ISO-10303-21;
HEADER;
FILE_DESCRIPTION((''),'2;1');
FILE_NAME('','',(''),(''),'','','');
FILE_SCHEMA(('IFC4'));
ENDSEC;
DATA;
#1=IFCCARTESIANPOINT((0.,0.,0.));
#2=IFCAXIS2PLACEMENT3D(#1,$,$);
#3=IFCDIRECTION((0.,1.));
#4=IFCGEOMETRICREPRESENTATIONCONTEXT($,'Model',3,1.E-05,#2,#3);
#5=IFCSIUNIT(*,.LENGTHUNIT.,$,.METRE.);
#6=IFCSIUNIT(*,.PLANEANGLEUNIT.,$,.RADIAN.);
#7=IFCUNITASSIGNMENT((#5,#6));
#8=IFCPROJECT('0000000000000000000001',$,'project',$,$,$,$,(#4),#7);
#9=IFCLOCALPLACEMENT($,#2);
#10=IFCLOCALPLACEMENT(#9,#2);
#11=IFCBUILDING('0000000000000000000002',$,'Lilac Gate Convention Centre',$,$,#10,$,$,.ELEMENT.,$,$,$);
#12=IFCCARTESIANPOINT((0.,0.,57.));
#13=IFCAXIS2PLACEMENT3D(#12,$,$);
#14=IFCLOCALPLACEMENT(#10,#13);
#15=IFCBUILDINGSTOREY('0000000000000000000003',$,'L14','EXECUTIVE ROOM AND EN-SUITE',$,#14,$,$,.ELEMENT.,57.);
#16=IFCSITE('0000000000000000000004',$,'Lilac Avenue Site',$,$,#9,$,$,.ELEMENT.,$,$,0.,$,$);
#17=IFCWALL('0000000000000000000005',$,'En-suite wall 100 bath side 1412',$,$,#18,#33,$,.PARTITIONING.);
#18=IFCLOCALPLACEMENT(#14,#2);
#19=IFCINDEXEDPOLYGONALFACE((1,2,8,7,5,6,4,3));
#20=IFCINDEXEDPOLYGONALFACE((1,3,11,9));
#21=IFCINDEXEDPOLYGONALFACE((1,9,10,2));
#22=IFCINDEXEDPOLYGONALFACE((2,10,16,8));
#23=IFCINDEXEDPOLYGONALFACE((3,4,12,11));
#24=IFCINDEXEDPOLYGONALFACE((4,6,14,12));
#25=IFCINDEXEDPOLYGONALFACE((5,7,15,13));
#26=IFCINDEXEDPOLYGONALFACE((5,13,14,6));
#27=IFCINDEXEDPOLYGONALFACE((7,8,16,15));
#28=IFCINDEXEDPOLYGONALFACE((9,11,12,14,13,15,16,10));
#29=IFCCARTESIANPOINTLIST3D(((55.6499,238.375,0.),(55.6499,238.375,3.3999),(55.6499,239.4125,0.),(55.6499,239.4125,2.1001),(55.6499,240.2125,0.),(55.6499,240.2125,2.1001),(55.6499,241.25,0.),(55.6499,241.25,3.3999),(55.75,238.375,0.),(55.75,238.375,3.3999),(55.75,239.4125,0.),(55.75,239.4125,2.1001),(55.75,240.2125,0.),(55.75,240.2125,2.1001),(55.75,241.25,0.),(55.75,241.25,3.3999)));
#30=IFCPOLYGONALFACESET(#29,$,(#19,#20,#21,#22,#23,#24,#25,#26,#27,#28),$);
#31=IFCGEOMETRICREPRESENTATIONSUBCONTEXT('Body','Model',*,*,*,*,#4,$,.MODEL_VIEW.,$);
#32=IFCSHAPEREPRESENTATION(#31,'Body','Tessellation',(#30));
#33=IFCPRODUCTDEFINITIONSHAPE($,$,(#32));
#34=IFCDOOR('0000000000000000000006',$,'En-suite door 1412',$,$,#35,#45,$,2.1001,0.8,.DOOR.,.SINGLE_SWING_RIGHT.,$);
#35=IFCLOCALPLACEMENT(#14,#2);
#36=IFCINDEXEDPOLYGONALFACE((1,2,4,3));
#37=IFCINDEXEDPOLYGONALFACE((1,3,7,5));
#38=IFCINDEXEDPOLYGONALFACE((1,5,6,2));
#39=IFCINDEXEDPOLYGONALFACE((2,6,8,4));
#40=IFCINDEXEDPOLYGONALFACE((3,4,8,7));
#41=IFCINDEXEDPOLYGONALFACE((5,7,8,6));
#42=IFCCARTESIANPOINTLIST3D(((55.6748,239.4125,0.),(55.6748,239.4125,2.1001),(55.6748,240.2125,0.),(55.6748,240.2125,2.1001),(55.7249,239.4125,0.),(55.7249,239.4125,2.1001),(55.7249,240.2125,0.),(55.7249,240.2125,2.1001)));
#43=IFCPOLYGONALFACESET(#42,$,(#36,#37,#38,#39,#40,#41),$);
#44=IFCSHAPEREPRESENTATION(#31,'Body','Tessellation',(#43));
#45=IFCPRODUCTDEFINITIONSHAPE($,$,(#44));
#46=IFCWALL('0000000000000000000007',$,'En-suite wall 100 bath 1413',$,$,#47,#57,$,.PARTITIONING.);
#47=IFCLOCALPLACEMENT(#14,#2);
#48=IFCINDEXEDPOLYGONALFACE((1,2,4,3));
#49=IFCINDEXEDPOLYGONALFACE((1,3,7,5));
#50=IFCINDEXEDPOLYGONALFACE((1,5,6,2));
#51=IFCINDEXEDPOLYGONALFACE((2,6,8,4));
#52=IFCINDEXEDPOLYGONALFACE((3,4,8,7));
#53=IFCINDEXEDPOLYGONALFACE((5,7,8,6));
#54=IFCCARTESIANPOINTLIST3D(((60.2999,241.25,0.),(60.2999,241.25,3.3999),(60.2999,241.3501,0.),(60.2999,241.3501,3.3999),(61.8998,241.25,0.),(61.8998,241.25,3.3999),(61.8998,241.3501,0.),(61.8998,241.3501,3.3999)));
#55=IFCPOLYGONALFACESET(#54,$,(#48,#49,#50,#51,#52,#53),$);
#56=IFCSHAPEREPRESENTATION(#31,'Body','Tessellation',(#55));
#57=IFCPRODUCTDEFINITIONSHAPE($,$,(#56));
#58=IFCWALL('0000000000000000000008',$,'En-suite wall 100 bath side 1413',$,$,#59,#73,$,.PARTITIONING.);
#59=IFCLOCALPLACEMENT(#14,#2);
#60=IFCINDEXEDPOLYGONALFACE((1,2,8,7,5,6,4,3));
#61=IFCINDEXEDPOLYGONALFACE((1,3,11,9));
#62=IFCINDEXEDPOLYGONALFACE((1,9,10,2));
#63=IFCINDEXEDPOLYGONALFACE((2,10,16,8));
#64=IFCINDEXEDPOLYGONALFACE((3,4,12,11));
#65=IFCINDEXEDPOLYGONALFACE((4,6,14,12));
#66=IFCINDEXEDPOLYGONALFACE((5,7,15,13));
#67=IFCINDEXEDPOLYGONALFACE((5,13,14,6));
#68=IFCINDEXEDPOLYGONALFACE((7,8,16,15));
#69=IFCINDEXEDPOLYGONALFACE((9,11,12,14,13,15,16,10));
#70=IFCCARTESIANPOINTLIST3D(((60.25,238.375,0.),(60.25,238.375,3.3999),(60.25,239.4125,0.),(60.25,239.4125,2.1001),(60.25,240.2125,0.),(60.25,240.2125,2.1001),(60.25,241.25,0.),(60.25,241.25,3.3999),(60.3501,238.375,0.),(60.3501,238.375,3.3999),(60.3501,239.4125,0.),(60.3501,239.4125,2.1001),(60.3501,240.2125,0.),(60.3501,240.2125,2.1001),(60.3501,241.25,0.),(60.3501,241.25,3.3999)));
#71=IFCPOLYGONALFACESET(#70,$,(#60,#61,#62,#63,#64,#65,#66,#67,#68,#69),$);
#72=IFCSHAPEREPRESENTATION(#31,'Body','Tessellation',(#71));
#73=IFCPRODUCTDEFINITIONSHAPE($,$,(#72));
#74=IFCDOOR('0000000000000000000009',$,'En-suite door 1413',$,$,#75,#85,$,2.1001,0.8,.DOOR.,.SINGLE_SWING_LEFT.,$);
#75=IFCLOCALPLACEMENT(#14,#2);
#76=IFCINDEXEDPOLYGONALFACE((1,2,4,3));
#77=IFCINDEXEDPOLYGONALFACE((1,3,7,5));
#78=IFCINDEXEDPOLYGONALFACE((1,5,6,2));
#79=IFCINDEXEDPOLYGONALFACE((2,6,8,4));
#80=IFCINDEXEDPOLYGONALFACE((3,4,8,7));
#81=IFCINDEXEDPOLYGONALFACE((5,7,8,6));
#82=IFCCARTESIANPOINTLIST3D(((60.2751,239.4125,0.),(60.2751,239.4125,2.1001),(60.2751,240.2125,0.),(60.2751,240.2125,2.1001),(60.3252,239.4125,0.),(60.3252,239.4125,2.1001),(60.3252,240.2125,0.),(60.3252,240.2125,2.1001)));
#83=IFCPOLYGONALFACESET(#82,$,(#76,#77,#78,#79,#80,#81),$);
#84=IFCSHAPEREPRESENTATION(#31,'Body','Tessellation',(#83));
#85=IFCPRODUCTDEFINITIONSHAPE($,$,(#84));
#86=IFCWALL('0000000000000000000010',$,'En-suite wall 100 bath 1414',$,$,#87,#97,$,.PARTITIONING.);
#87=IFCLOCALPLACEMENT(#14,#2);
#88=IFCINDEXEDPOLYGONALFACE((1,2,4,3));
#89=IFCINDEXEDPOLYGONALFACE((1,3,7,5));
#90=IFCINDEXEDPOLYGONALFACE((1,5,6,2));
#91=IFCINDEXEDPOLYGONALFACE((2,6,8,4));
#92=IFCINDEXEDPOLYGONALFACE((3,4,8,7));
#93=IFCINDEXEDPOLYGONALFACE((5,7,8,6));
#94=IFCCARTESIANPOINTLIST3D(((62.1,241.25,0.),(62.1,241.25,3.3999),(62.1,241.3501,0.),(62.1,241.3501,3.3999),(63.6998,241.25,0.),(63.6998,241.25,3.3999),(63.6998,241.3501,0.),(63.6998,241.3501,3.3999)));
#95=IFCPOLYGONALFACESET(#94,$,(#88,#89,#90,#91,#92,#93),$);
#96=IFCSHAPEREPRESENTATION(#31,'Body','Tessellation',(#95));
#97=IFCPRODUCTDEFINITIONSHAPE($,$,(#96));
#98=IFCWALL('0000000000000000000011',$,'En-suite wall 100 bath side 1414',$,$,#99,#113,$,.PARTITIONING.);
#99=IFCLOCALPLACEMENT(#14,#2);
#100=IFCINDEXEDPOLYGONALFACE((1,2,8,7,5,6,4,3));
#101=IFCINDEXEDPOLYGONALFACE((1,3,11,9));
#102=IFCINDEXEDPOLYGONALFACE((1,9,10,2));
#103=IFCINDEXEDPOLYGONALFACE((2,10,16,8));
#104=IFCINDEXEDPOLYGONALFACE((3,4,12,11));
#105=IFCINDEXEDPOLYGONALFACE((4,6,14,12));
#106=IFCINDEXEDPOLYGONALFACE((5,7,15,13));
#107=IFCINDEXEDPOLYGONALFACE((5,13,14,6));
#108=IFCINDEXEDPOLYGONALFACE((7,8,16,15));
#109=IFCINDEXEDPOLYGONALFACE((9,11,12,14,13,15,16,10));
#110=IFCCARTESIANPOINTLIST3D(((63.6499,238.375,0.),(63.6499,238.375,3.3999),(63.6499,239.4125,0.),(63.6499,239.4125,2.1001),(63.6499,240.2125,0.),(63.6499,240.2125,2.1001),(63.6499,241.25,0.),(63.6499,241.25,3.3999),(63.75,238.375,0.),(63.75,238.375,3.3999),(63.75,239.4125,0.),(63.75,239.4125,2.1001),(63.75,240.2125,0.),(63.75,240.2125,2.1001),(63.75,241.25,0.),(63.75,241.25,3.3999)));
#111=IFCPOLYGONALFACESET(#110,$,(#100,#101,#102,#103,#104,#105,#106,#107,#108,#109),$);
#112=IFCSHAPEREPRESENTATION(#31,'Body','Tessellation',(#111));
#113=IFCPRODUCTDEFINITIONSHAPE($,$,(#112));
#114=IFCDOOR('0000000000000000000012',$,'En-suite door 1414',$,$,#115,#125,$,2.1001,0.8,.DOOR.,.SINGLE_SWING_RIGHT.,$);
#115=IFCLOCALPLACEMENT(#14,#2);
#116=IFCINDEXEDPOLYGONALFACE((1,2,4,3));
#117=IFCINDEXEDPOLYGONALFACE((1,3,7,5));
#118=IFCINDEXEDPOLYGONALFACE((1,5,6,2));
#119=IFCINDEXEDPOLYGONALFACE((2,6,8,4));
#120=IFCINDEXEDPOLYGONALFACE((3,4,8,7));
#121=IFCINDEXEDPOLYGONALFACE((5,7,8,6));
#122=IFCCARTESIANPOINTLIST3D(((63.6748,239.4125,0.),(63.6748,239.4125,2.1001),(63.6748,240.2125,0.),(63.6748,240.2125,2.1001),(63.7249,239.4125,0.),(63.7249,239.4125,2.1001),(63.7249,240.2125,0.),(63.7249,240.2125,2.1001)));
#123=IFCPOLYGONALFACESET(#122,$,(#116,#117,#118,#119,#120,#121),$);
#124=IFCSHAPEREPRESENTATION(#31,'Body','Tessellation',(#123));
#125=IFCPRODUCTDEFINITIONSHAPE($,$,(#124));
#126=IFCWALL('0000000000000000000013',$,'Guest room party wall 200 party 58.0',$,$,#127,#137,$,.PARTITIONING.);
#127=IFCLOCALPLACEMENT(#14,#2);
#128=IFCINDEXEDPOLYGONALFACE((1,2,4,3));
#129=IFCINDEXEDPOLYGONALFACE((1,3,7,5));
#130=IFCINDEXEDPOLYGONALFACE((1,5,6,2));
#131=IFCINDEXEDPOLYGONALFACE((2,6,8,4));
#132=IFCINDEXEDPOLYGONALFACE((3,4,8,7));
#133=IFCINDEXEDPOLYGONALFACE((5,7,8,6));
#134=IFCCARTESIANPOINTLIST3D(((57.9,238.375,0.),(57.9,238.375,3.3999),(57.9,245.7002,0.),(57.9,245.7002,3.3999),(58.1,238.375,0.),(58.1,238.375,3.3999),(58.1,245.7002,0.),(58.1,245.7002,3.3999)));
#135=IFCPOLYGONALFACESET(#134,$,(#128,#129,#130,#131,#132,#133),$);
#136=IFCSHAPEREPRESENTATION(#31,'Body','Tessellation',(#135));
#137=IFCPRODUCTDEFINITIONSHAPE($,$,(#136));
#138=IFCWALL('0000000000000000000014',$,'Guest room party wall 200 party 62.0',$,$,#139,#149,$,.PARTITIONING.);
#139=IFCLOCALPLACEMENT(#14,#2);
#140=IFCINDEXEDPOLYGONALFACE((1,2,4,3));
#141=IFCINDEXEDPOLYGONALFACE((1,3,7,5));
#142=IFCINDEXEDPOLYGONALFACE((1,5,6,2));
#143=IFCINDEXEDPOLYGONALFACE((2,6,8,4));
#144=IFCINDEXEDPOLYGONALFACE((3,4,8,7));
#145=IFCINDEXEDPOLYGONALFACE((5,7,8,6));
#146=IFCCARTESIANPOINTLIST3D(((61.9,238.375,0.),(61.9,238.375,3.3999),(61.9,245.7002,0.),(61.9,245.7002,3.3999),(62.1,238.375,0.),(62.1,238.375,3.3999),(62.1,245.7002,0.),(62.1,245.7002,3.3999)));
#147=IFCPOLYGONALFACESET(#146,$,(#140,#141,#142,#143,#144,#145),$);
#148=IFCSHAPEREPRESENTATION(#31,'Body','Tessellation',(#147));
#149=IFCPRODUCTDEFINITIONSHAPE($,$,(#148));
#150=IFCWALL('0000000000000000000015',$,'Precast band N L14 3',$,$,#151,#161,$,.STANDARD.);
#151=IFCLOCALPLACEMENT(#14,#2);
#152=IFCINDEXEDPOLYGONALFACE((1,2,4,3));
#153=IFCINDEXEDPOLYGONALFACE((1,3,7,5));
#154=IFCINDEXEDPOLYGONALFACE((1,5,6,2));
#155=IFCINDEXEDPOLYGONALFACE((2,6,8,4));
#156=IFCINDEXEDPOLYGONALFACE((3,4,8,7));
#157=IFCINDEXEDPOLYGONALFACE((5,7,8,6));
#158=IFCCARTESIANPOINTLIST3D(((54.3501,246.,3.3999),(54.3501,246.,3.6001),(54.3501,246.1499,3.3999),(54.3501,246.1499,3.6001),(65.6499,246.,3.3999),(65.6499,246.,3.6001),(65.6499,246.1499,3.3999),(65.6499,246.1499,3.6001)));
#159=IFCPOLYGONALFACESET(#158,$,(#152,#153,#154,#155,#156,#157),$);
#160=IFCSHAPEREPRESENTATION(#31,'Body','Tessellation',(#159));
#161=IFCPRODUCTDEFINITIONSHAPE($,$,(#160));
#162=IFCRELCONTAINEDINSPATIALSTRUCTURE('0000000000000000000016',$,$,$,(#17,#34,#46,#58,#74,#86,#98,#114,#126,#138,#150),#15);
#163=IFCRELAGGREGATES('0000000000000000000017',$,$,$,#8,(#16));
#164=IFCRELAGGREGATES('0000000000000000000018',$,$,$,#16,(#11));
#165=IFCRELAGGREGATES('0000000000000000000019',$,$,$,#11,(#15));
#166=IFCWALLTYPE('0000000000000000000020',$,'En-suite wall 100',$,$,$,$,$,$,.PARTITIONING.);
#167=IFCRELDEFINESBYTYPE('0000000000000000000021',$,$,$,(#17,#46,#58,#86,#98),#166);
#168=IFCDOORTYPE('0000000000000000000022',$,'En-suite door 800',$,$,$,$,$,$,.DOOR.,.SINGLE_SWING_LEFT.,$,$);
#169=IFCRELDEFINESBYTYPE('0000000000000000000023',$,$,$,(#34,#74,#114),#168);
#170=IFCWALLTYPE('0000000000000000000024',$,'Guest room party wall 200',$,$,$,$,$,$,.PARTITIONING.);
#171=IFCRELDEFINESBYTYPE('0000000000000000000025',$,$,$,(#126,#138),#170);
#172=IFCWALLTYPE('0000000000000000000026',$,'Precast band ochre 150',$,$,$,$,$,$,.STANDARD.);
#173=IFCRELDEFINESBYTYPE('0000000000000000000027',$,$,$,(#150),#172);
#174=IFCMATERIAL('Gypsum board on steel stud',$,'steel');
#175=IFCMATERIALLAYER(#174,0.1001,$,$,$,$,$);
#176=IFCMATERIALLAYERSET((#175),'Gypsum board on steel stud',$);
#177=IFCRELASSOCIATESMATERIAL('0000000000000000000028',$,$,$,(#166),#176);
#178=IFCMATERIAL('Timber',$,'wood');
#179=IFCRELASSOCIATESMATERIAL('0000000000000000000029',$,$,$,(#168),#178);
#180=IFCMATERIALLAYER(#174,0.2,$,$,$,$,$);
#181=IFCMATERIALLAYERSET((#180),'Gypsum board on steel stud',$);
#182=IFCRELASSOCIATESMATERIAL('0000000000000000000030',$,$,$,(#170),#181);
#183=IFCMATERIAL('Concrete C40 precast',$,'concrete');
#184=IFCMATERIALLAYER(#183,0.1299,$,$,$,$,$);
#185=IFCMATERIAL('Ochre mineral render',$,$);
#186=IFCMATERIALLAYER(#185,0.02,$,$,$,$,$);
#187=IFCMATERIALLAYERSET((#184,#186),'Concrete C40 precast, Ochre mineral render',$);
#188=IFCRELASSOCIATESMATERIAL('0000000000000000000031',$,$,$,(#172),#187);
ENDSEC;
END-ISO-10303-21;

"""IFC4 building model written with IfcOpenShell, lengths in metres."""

from ifc_helpers import new_model, si_unit, direction, frame, frame_2d, origin, place, context, subcontext, project, spatial, rectangle, extrude, material, layer, layer_set, type_object, element, fill, save


model = new_model("IFC4")

# Units and contexts
model_context = context("Model", 3, precision=1e-05, world=origin(), true_north=direction((0.0, 1.0)))
body_context = subcontext(model_context, "Body", "Model", "MODEL_VIEW")
ifc_project = project(units=[si_unit("LENGTHUNIT", "METRE"), si_unit("PLANEANGLEUNIT", "RADIAN")], contexts=[model_context])

# Site, building, storey
site_placement = place(None, origin())
site = spatial("IfcSite", under=ifc_project, at=site_placement, Name="Lilac Avenue Site", CompositionType="ELEMENT", RefElevation=0.0)
building_placement = place(site_placement, origin())
building = spatial("IfcBuilding", under=site, at=building_placement, Name="Lilac Gate Convention Centre", CompositionType="ELEMENT")
storey_placement = place(building_placement, frame((0.0, 0.0, 57.0)))
storey = spatial("IfcBuildingStorey", under=building, at=storey_placement, Name="L14", Description="EXECUTIVE ROOM AND EN-SUITE", CompositionType="ELEMENT", Elevation=57.0)

# Shared definitions
ifc_material_1 = material(Name="Gypsum board on steel stud", Category="steel")
ifc_material_2 = material(Name="Timber", Category="wood")

# Shared definitions
ifc_layer_1 = layer(ifc_material_1, 0.1001)
ifc_layer_set_1 = layer_set([ifc_layer_1], Name="Gypsum board on steel stud")
wall_type_1 = type_object("IfcWallType", Name="En-suite wall 100", PredefinedType="PARTITIONING", material=ifc_layer_set_1)

# Wall, opening, door
wall_1_placement = place(storey_placement, frame((55.7, 241.25, 0.0), z_axis=(0.0, 0.0, 1.0), x_axis=(0.0, -1.0, 0.0)))
wall_1 = element("IfcWall", 1, at=wall_1_placement, inside=storey, type_object=wall_type_1, Name="En-suite wall 100 bath side 1412", PredefinedType="PARTITIONING", context=body_context, shape_type="SweptSolid", body=[
    extrude(rectangle(XDim=2.875, YDim=0.1001, at=frame_2d((1.4375, 0.0))), origin(), (0.0, 0.0, 1.0), 3.3999),
])
opening_1_placement = place(wall_1_placement, frame((1.0376, 0.0, 0.0)))
opening_1 = element("IfcOpeningElement", 2, at=opening_1_placement, cuts=wall_1, PredefinedType="OPENING", context=body_context, shape_type="SweptSolid", body=[
    extrude(rectangle(XDim=0.8, YDim=2.1001, at=frame_2d((0.3999, 1.05))), frame((0.0, 0.0601, 0.0), z_axis=(0.0, -1.0, 0.0), x_axis=(1.0, 0.0, 0.0)), (0.0, 0.0, 1.0), 0.1201),
])
door_type_1 = type_object("IfcDoorType", Name="En-suite door 800", OperationType="SINGLE_SWING_LEFT", PredefinedType="DOOR", material=ifc_material_2)
door_1_placement = place(opening_1_placement, origin())
door_1 = element("IfcDoor", 3, at=door_1_placement, inside=storey, type_object=door_type_1, Name="En-suite door 1412", OperationType="SINGLE_SWING_RIGHT", OverallHeight=2.1001, OverallWidth=0.8, PredefinedType="DOOR", context=body_context, shape_type="SweptSolid", body=[
    extrude(rectangle(XDim=0.8, YDim=2.1001, at=frame_2d((0.3999, 1.05))), frame((0.0, 0.0249, 0.0), z_axis=(0.0, -1.0, 0.0), x_axis=(1.0, 0.0, 0.0)), (0.0, 0.0, 1.0), 0.05),
])
fill(opening_1, door_1)

# Wall
wall_2_placement = place(storey_placement, frame((60.3, 241.3, 0.0), z_axis=(0.0, 0.0, 1.0), x_axis=(1.0, 0.0, 0.0)))
element("IfcWall", 4, at=wall_2_placement, inside=storey, type_object=wall_type_1, Name="En-suite wall 100 bath 1413", PredefinedType="PARTITIONING", context=body_context, shape_type="SweptSolid", body=[
    extrude(rectangle(XDim=1.5999, YDim=0.1001, at=frame_2d((0.7998, 0.0))), origin(), (0.0, 0.0, 1.0), 3.3999),
])

# Wall, opening, door
wall_3_placement = place(storey_placement, frame((60.3, 238.375, 0.0), z_axis=(0.0, 0.0, 1.0), x_axis=(0.0, 1.0, 0.0)))
wall_3 = element("IfcWall", 5, at=wall_3_placement, inside=storey, type_object=wall_type_1, Name="En-suite wall 100 bath side 1413", PredefinedType="PARTITIONING", context=body_context, shape_type="SweptSolid", body=[
    extrude(rectangle(XDim=2.875, YDim=0.1001, at=frame_2d((1.4375, 0.0))), origin(), (0.0, 0.0, 1.0), 3.3999),
])
opening_2_placement = place(wall_3_placement, frame((1.0376, 0.0, 0.0)))
opening_2 = element("IfcOpeningElement", 6, at=opening_2_placement, cuts=wall_3, PredefinedType="OPENING", context=body_context, shape_type="SweptSolid", body=[
    extrude(rectangle(XDim=0.8, YDim=2.1001, at=frame_2d((0.3999, 1.05))), frame((0.0, 0.0601, 0.0), z_axis=(0.0, -1.0, 0.0), x_axis=(1.0, 0.0, 0.0)), (0.0, 0.0, 1.0), 0.1201),
])
door_2_placement = place(opening_2_placement, origin())
door_2 = element("IfcDoor", 7, at=door_2_placement, inside=storey, type_object=door_type_1, Name="En-suite door 1413", OperationType="SINGLE_SWING_LEFT", OverallHeight=2.1001, OverallWidth=0.8, PredefinedType="DOOR", context=body_context, shape_type="SweptSolid", body=[
    extrude(rectangle(XDim=0.8, YDim=2.1001, at=frame_2d((0.3999, 1.05))), frame((0.0, 0.0249, 0.0), z_axis=(0.0, -1.0, 0.0), x_axis=(1.0, 0.0, 0.0)), (0.0, 0.0, 1.0), 0.05),
])
fill(opening_2, door_2)

# Wall
wall_4_placement = place(storey_placement, frame((62.1001, 241.3, 0.0), z_axis=(0.0, 0.0, 1.0), x_axis=(1.0, 0.0, 0.0)))
element("IfcWall", 8, at=wall_4_placement, inside=storey, type_object=wall_type_1, Name="En-suite wall 100 bath 1414", PredefinedType="PARTITIONING", context=body_context, shape_type="SweptSolid", body=[
    extrude(rectangle(XDim=1.5999, YDim=0.1001, at=frame_2d((0.7998, 0.0))), origin(), (0.0, 0.0, 1.0), 3.3999),
])

# Wall, opening, door
wall_5_placement = place(storey_placement, frame((63.7, 241.25, 0.0), z_axis=(0.0, 0.0, 1.0), x_axis=(0.0, -1.0, 0.0)))
wall_5 = element("IfcWall", 9, at=wall_5_placement, inside=storey, type_object=wall_type_1, Name="En-suite wall 100 bath side 1414", PredefinedType="PARTITIONING", context=body_context, shape_type="SweptSolid", body=[
    extrude(rectangle(XDim=2.875, YDim=0.1001, at=frame_2d((1.4375, 0.0))), origin(), (0.0, 0.0, 1.0), 3.3999),
])
opening_3_placement = place(wall_5_placement, frame((1.0376, 0.0, 0.0)))
opening_3 = element("IfcOpeningElement", 10, at=opening_3_placement, cuts=wall_5, PredefinedType="OPENING", context=body_context, shape_type="SweptSolid", body=[
    extrude(rectangle(XDim=0.8, YDim=2.1001, at=frame_2d((0.3999, 1.05))), frame((0.0, 0.0601, 0.0), z_axis=(0.0, -1.0, 0.0), x_axis=(1.0, 0.0, 0.0)), (0.0, 0.0, 1.0), 0.1201),
])
door_3_placement = place(opening_3_placement, origin())
door_3 = element("IfcDoor", 11, at=door_3_placement, inside=storey, type_object=door_type_1, Name="En-suite door 1414", OperationType="SINGLE_SWING_RIGHT", OverallHeight=2.1001, OverallWidth=0.8, PredefinedType="DOOR", context=body_context, shape_type="SweptSolid", body=[
    extrude(rectangle(XDim=0.8, YDim=2.1001, at=frame_2d((0.3999, 1.05))), frame((0.0, 0.0249, 0.0), z_axis=(0.0, -1.0, 0.0), x_axis=(1.0, 0.0, 0.0)), (0.0, 0.0, 1.0), 0.05),
])
fill(opening_3, door_3)

# Walls
ifc_layer_2 = layer(ifc_material_1, 0.2)
ifc_layer_set_2 = layer_set([ifc_layer_2], Name="Gypsum board on steel stud")
wall_type_2 = type_object("IfcWallType", Name="Guest room party wall 200", PredefinedType="PARTITIONING", material=ifc_layer_set_2)
for number, where, z_axis, x_axis, name in (
    (12, (58.0, 245.7002, 0.0), (0.0, 0.0, 1.0), (0.0, -1.0, 0.0), "Guest room party wall 200 party 58.0"),
    (13, (62.0, 245.7002, 0.0), (0.0, 0.0, 1.0), (0.0, -1.0, 0.0), "Guest room party wall 200 party 62.0"),
):
    element("IfcWall", number, at=place(storey_placement, frame(where, z_axis=z_axis, x_axis=x_axis)), inside=storey, type_object=wall_type_2, Name=name, PredefinedType="PARTITIONING", context=body_context, shape_type="SweptSolid", body=[
        extrude(rectangle(XDim=7.3252, YDim=0.2, at=frame_2d((3.6626, 0.0))), origin(), (0.0, 0.0, 1.0), 3.3999),
    ])
ifc_material_3 = material(Name="Concrete C40 precast", Category="concrete")
ifc_layer_3 = layer(ifc_material_3, 0.1299)
ifc_material_4 = material(Name="Ochre mineral render")
ifc_layer_4 = layer(ifc_material_4, 0.02)
ifc_layer_set_3 = layer_set([ifc_layer_3, ifc_layer_4], Name="Concrete C40 precast, Ochre mineral render")
wall_type_3 = type_object("IfcWallType", Name="Precast band ochre 150", PredefinedType="STANDARD", material=ifc_layer_set_3)
wall_6_placement = place(storey_placement, frame((65.6499, 246.075, 3.3999), z_axis=(0.0, 0.0, 1.0), x_axis=(-1.0, 0.0, 0.0)))
element("IfcWall", 14, at=wall_6_placement, inside=storey, type_object=wall_type_3, Name="Precast band N L14 3", PredefinedType="STANDARD", context=body_context, shape_type="SweptSolid", body=[
    extrude(rectangle(XDim=11.2998, YDim=0.1499, at=frame_2d((5.6499, 0.0))), origin(), (0.0, 0.0, 1.0), 0.2002),
])

save(model, "model.ifc")
